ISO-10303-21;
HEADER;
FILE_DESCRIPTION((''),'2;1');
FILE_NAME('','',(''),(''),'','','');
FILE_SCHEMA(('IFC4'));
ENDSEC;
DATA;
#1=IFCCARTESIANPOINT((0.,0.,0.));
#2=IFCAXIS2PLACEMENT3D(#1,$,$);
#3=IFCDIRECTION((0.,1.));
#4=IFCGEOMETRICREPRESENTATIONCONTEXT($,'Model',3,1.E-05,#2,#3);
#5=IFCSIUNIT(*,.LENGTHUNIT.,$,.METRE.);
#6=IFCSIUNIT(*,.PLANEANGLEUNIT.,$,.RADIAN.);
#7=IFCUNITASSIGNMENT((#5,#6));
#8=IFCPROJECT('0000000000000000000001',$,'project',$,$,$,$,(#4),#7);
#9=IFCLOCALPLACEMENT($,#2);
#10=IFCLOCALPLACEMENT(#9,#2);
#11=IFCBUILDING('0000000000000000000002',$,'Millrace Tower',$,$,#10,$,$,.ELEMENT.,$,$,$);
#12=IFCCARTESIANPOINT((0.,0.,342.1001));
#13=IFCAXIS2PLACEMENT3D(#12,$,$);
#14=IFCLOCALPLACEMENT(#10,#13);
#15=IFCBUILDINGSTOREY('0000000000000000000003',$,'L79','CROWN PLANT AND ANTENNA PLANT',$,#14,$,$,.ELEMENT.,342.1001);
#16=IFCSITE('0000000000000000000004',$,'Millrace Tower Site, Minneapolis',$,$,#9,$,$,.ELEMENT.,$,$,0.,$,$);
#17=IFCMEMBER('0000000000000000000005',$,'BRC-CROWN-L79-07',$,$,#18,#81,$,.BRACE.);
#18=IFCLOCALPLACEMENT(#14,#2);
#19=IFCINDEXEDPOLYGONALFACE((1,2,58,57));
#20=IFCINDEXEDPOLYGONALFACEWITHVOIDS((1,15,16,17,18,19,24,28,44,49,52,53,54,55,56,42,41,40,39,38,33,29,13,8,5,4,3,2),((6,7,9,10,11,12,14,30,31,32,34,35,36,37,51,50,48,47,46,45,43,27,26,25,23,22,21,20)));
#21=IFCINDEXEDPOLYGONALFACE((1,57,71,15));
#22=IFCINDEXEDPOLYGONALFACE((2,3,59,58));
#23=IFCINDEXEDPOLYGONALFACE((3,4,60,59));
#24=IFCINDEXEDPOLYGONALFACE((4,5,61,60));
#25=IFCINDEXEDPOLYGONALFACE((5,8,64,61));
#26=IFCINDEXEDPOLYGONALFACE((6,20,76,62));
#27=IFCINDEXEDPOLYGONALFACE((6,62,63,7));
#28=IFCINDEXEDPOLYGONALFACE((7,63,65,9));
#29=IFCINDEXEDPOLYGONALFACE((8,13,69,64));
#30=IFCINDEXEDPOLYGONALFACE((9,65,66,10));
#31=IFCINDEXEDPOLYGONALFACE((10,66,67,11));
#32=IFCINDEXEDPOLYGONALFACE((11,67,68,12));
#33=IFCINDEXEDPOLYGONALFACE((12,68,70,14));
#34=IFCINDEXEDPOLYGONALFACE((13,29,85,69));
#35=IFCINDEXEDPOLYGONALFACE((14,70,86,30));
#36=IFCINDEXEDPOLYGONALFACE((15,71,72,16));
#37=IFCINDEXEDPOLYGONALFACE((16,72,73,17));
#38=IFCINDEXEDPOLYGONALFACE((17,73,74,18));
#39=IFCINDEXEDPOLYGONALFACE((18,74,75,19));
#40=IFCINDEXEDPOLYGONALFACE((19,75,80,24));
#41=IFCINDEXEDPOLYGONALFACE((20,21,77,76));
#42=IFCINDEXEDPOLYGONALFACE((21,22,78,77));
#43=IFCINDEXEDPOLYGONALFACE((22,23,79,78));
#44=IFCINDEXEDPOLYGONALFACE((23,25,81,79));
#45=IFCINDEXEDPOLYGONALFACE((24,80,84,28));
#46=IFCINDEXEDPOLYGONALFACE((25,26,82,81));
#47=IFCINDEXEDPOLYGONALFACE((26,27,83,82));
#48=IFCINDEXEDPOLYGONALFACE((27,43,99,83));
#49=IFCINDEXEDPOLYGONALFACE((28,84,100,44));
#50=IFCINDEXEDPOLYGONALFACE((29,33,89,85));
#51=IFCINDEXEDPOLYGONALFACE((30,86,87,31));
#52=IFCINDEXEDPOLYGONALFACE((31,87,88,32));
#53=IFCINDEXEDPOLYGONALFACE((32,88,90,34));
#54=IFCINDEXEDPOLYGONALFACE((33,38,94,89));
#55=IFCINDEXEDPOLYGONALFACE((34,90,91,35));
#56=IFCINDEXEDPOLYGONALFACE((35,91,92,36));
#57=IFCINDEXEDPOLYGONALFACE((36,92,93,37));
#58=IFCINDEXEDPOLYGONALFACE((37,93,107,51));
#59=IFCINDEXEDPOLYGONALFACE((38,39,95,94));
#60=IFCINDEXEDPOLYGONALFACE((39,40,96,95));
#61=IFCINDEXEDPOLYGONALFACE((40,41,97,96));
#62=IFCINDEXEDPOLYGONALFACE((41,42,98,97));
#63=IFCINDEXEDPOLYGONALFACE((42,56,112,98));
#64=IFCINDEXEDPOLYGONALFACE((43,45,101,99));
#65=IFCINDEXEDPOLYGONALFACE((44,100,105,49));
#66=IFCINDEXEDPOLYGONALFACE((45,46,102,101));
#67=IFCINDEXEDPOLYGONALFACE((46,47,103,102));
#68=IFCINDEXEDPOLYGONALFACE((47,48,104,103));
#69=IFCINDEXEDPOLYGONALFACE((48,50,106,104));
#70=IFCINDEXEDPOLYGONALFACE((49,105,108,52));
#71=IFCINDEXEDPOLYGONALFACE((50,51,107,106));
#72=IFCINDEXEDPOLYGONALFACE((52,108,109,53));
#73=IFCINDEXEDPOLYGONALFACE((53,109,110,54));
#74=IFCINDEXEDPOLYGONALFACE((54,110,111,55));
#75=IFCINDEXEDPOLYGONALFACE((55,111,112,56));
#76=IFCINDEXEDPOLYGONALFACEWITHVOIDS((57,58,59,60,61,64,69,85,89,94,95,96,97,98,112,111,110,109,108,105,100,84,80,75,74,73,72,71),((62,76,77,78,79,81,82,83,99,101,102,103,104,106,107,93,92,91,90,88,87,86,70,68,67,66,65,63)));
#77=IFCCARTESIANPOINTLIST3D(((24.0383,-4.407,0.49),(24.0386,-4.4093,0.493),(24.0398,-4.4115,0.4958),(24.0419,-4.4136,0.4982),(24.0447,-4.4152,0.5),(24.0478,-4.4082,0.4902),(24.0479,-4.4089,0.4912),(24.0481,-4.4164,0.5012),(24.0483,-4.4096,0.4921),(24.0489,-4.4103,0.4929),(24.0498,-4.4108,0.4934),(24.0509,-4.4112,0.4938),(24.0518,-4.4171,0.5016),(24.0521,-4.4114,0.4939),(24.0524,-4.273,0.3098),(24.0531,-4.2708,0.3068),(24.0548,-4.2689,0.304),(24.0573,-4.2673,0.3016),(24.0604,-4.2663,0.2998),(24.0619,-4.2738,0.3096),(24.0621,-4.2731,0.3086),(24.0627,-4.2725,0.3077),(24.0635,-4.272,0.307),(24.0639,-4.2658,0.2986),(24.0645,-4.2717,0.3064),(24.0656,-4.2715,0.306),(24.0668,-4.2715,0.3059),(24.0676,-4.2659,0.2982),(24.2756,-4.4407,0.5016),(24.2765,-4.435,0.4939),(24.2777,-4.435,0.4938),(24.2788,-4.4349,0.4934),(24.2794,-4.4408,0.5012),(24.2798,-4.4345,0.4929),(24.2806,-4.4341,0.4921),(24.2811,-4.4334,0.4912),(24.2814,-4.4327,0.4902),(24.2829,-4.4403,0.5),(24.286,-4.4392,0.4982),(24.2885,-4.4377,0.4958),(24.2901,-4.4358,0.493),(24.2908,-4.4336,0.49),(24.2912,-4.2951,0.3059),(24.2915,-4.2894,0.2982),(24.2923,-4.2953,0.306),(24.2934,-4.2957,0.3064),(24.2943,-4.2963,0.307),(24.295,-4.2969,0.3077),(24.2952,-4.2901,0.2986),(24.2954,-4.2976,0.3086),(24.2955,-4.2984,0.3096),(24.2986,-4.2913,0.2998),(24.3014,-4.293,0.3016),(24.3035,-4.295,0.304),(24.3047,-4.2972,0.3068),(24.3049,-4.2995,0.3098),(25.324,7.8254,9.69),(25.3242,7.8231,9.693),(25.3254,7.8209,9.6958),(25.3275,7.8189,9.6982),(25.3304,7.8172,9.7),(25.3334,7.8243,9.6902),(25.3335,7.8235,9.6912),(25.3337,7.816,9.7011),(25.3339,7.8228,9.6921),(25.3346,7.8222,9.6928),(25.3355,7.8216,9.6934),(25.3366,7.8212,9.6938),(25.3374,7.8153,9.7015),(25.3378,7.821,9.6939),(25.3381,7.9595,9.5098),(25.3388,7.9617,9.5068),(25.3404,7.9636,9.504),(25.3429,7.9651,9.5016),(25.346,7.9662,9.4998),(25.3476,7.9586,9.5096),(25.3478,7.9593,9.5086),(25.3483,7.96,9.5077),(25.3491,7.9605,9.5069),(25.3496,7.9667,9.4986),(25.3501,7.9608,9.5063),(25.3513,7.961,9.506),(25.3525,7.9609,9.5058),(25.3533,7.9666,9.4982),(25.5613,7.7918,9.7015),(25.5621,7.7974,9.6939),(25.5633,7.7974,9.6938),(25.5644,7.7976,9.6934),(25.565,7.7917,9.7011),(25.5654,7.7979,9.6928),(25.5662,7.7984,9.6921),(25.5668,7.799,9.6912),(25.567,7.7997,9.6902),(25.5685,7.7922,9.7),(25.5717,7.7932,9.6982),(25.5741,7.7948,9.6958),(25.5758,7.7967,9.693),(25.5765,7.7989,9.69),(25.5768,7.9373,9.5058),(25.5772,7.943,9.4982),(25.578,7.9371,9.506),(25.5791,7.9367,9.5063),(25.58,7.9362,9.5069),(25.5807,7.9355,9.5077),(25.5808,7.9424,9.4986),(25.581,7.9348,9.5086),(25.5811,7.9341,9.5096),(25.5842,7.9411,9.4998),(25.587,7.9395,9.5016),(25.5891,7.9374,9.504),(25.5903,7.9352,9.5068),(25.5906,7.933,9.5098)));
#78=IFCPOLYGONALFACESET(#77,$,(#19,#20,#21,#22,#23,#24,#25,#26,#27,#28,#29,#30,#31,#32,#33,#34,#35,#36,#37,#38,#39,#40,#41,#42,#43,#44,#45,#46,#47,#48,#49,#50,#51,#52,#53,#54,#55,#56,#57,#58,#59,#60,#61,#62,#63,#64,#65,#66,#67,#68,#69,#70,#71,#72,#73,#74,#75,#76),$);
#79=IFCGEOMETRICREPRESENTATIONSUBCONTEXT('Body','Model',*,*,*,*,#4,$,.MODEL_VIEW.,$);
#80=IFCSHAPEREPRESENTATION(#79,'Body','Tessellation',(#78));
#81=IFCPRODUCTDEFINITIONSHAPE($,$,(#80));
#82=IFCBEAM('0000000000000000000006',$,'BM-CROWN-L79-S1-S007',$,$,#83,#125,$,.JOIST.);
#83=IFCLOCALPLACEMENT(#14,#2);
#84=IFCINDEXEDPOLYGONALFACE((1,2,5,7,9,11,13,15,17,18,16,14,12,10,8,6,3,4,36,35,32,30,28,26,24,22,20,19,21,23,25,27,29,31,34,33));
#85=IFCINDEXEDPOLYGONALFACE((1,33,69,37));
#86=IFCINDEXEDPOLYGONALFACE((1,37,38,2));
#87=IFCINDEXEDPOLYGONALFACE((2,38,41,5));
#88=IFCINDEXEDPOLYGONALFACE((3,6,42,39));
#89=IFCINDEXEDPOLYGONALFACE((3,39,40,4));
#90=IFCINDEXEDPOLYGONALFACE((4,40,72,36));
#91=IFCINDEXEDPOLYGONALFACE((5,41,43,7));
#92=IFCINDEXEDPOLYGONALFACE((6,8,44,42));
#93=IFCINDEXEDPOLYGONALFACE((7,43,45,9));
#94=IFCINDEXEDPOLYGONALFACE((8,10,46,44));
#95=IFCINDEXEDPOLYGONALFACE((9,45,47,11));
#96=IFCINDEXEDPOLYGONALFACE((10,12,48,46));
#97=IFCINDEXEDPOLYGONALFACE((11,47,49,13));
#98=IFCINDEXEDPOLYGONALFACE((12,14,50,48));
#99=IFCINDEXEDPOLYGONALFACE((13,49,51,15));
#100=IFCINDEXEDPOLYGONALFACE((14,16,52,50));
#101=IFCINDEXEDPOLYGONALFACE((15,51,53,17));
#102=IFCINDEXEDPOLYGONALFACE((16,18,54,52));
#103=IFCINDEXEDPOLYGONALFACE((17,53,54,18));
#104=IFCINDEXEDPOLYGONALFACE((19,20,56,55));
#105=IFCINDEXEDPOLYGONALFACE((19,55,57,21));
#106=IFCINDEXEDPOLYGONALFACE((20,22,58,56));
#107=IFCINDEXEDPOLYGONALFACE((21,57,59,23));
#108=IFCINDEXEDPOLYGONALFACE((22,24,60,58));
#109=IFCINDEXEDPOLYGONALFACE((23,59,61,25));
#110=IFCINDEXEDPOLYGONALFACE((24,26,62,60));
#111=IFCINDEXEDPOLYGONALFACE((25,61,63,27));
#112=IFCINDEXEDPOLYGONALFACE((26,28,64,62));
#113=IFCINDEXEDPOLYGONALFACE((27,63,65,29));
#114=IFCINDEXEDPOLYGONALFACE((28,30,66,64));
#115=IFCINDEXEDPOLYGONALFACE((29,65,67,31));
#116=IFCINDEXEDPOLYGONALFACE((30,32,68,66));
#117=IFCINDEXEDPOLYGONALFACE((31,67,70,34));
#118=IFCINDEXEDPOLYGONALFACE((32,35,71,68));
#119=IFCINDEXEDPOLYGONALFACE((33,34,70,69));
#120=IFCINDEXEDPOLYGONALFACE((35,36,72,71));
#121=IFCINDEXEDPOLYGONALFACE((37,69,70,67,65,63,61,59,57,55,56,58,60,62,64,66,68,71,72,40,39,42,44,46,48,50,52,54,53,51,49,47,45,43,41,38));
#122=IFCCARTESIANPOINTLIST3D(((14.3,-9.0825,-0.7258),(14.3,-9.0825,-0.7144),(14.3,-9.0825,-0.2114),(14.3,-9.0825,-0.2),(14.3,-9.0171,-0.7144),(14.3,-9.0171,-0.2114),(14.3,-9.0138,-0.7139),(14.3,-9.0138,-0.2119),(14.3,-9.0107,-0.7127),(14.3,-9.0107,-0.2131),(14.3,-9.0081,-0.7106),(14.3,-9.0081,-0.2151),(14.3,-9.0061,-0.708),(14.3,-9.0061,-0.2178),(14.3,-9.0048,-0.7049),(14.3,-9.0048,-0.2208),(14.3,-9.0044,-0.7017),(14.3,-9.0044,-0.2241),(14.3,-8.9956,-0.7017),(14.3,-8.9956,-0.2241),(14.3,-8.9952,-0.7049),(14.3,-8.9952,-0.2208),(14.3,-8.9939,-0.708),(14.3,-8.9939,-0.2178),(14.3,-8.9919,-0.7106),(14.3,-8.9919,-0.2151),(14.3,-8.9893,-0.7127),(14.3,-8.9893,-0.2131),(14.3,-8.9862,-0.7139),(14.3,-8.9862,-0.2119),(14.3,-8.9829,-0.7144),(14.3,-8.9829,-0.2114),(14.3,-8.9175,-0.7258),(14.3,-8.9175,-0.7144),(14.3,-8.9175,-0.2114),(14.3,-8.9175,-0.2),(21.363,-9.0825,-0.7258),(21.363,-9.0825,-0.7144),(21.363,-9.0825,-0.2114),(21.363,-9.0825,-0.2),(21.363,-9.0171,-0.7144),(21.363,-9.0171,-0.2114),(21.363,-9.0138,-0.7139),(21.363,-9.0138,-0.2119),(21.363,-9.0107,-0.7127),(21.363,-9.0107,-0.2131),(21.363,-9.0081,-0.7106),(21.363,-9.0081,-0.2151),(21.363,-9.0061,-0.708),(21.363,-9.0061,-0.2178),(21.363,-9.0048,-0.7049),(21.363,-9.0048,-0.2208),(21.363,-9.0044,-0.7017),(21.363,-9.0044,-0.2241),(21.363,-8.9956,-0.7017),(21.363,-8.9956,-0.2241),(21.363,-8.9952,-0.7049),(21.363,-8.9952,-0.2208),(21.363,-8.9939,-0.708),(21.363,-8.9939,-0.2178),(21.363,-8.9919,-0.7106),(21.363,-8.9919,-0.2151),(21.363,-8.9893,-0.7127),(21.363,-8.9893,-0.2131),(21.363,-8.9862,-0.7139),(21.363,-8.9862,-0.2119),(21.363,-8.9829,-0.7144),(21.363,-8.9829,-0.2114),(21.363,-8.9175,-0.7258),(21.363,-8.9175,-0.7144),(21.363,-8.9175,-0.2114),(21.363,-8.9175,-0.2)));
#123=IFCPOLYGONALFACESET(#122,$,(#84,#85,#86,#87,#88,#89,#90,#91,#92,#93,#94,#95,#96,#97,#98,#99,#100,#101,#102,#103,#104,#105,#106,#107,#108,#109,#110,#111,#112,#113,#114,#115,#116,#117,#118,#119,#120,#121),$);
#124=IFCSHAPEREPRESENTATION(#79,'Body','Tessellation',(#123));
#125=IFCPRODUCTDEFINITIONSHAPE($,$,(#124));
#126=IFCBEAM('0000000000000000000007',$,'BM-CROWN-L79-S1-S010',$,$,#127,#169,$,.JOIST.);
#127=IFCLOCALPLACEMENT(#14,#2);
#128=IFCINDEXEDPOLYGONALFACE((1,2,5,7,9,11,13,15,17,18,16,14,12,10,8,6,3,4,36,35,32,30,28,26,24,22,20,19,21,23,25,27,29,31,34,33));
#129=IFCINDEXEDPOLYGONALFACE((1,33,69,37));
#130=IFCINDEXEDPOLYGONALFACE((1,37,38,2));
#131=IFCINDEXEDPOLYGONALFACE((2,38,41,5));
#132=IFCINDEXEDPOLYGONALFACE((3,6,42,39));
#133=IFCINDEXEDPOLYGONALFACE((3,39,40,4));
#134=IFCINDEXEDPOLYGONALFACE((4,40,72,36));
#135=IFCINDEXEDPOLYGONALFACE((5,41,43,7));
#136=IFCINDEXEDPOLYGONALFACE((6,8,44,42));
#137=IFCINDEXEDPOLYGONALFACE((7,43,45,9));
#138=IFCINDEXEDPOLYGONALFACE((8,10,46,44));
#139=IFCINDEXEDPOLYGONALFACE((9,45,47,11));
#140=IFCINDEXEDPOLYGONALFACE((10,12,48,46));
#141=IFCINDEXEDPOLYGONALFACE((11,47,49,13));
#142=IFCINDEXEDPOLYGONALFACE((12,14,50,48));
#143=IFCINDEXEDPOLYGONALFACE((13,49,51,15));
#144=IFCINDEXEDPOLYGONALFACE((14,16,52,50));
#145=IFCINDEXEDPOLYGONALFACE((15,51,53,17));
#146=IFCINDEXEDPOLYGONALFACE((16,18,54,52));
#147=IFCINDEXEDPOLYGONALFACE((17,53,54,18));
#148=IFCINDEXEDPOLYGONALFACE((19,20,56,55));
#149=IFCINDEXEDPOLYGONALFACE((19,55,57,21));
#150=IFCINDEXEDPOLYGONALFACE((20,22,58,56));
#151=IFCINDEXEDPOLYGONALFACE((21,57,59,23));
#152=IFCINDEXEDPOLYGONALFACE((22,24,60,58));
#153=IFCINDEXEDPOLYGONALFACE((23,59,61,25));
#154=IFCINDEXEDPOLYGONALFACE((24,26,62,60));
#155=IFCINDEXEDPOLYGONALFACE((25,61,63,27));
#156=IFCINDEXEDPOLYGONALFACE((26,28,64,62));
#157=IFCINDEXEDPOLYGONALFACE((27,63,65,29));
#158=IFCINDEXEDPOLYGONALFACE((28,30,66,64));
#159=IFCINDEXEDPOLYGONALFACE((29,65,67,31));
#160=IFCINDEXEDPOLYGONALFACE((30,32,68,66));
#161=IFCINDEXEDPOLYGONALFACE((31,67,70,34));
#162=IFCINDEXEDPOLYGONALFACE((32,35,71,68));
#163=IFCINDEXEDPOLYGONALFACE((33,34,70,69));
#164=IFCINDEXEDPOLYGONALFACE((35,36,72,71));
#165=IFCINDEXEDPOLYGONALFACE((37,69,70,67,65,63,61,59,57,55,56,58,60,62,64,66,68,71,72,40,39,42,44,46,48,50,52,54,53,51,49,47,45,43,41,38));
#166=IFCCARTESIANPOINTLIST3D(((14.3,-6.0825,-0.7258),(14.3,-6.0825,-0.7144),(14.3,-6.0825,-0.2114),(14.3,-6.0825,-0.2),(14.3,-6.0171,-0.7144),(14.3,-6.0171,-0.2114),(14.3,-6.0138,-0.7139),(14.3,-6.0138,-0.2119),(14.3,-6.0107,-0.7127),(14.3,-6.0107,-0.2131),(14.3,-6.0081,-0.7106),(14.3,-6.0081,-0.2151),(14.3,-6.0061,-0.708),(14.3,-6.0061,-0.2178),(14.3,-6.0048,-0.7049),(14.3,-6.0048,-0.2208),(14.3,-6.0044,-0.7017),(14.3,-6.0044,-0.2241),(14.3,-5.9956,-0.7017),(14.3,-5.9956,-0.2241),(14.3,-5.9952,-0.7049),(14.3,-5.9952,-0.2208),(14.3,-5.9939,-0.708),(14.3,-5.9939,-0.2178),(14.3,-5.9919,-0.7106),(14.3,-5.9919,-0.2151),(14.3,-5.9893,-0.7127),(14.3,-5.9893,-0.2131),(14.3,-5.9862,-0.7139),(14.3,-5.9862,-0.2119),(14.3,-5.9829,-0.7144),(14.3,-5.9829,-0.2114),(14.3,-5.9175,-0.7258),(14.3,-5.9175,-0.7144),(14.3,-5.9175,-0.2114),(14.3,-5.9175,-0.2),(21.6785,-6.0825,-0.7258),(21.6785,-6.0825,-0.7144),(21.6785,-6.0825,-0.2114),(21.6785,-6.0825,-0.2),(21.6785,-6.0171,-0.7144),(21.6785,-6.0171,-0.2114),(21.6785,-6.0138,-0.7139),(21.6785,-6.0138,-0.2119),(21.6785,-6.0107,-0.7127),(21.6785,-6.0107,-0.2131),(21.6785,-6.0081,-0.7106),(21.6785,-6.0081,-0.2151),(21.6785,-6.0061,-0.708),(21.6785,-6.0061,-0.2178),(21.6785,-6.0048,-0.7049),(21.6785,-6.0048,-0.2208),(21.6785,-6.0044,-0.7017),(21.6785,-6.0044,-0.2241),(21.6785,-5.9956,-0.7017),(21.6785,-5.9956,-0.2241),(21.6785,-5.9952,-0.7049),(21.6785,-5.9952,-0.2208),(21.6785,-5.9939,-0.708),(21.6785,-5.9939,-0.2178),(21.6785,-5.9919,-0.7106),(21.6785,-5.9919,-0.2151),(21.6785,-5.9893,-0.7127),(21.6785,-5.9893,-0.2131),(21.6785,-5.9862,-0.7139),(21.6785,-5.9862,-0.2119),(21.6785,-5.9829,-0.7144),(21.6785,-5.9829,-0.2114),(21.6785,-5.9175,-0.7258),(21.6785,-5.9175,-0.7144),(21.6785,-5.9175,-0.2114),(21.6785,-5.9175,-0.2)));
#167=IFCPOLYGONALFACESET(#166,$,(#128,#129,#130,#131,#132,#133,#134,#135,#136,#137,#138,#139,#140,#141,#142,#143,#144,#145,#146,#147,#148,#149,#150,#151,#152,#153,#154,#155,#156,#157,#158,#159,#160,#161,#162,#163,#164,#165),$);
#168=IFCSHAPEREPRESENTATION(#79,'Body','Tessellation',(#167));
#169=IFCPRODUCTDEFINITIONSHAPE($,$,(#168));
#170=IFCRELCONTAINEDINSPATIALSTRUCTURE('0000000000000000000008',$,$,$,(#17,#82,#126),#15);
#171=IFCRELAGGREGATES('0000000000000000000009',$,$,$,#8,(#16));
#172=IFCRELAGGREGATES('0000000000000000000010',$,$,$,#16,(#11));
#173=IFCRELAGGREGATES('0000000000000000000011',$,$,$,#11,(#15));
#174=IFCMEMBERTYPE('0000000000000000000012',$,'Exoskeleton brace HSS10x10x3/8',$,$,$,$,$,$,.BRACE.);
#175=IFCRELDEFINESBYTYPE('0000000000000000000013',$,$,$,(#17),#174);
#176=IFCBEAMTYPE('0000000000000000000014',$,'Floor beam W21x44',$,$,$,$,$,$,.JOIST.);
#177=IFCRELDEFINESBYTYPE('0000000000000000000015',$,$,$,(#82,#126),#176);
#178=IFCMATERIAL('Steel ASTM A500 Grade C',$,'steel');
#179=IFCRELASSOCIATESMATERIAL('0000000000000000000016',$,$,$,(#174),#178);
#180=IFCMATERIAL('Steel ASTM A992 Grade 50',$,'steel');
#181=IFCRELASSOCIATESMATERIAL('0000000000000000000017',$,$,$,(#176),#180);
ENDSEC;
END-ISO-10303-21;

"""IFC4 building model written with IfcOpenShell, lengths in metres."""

from ifc_helpers import new_model, si_unit, direction, frame, origin, origin_2d, place, context, subcontext, project, spatial, hollow_rectangle, i_section, extrude, material, material_profile, profile_set, type_object, element, save


model = new_model("IFC4")

# Units and contexts
model_context = context("Model", 3, precision=1e-05, world=origin(), true_north=direction((0.0, 1.0)))
body_context = subcontext(model_context, "Body", "Model", "MODEL_VIEW")
ifc_project = project(units=[si_unit("LENGTHUNIT", "METRE"), si_unit("PLANEANGLEUNIT", "RADIAN")], contexts=[model_context])

# Site, building, storey
site_placement = place(None, origin())
site = spatial("IfcSite", under=ifc_project, at=site_placement, Name="Millrace Tower Site, Minneapolis", CompositionType="ELEMENT", RefElevation=0.0)
building_placement = place(site_placement, origin())
building = spatial("IfcBuilding", under=site, at=building_placement, Name="Millrace Tower", CompositionType="ELEMENT")
storey_placement = place(building_placement, frame((0.0, 0.0, 342.1001)))
storey = spatial("IfcBuildingStorey", under=building, at=storey_placement, Name="L79", Description="CROWN PLANT AND ANTENNA PLANT", CompositionType="ELEMENT", Elevation=342.1001)

# Member
ifc_material_1 = material(Name="Steel ASTM A500 Grade C", Category="steel")
ifc_material_profile_1 = material_profile(ifc_material_1, hollow_rectangle(XDim=0.2539, YDim=0.2539, WallThickness=0.0095, InnerFilletRadius=0.0046, OuterFilletRadius=0.0144, at=origin_2d()))
ifc_profile_set_1 = profile_set([ifc_material_profile_1], Name="Steel ASTM A500 Grade C")
member_type_1 = type_object("IfcMemberType", Name="Exoskeleton brace HSS10x10x3/8", PredefinedType="BRACE", material=ifc_profile_set_1)
member_1_placement = place(storey_placement, frame((24.1716, -4.3533, 0.3999), z_axis=(0.083702, 0.796391, 0.598962), x_axis=(-0.994522, 0.104526, 0.0)))
element("IfcMember", 1, at=member_1_placement, inside=storey, type_object=member_type_1, Name="BRC-CROWN-L79-07", PredefinedType="BRACE", context=body_context, shape_type="SweptSolid", body=[
    extrude(hollow_rectangle(XDim=0.2539, YDim=0.2539, WallThickness=0.0095, InnerFilletRadius=0.0046, OuterFilletRadius=0.0144, at=origin_2d()), origin(), (0.0, 0.0, 1.0), 15.3599),
])

# Beams
ifc_material_2 = material(Name="Steel ASTM A992 Grade 50", Category="steel")
ifc_material_profile_2 = material_profile(ifc_material_2, i_section(OverallWidth=0.165, OverallDepth=0.5259, WebThickness=0.0088, FlangeThickness=0.0115, FilletRadius=0.0127, at=origin_2d()))
ifc_profile_set_2 = profile_set([ifc_material_profile_2], Name="Steel ASTM A992 Grade 50")
beam_type_1 = type_object("IfcBeamType", Name="Floor beam W21x44", PredefinedType="JOIST", material=ifc_profile_set_2)
beam_1_placement = place(storey_placement, frame((14.3, -9.0, -0.4629), z_axis=(1.0, 0.0, 0.0), x_axis=(0.0, 1.0, 0.0)))
element("IfcBeam", 2, at=beam_1_placement, inside=storey, type_object=beam_type_1, Name="BM-CROWN-L79-S1-S007", PredefinedType="JOIST", context=body_context, shape_type="SweptSolid", body=[
    extrude(i_section(OverallWidth=0.165, OverallDepth=0.5259, WebThickness=0.0088, FlangeThickness=0.0115, FilletRadius=0.0127, at=origin_2d()), origin(), (0.0, 0.0, 1.0), 7.063),
])
beam_2_placement = place(storey_placement, frame((14.3, -6.0, -0.4629), z_axis=(1.0, 0.0, 0.0), x_axis=(0.0, 1.0, 0.0)))
element("IfcBeam", 3, at=beam_2_placement, inside=storey, type_object=beam_type_1, Name="BM-CROWN-L79-S1-S010", PredefinedType="JOIST", context=body_context, shape_type="SweptSolid", body=[
    extrude(i_section(OverallWidth=0.165, OverallDepth=0.5259, WebThickness=0.0088, FlangeThickness=0.0115, FilletRadius=0.0127, at=origin_2d()), origin(), (0.0, 0.0, 1.0), 7.3784),
])

save(model, "model.ifc")
